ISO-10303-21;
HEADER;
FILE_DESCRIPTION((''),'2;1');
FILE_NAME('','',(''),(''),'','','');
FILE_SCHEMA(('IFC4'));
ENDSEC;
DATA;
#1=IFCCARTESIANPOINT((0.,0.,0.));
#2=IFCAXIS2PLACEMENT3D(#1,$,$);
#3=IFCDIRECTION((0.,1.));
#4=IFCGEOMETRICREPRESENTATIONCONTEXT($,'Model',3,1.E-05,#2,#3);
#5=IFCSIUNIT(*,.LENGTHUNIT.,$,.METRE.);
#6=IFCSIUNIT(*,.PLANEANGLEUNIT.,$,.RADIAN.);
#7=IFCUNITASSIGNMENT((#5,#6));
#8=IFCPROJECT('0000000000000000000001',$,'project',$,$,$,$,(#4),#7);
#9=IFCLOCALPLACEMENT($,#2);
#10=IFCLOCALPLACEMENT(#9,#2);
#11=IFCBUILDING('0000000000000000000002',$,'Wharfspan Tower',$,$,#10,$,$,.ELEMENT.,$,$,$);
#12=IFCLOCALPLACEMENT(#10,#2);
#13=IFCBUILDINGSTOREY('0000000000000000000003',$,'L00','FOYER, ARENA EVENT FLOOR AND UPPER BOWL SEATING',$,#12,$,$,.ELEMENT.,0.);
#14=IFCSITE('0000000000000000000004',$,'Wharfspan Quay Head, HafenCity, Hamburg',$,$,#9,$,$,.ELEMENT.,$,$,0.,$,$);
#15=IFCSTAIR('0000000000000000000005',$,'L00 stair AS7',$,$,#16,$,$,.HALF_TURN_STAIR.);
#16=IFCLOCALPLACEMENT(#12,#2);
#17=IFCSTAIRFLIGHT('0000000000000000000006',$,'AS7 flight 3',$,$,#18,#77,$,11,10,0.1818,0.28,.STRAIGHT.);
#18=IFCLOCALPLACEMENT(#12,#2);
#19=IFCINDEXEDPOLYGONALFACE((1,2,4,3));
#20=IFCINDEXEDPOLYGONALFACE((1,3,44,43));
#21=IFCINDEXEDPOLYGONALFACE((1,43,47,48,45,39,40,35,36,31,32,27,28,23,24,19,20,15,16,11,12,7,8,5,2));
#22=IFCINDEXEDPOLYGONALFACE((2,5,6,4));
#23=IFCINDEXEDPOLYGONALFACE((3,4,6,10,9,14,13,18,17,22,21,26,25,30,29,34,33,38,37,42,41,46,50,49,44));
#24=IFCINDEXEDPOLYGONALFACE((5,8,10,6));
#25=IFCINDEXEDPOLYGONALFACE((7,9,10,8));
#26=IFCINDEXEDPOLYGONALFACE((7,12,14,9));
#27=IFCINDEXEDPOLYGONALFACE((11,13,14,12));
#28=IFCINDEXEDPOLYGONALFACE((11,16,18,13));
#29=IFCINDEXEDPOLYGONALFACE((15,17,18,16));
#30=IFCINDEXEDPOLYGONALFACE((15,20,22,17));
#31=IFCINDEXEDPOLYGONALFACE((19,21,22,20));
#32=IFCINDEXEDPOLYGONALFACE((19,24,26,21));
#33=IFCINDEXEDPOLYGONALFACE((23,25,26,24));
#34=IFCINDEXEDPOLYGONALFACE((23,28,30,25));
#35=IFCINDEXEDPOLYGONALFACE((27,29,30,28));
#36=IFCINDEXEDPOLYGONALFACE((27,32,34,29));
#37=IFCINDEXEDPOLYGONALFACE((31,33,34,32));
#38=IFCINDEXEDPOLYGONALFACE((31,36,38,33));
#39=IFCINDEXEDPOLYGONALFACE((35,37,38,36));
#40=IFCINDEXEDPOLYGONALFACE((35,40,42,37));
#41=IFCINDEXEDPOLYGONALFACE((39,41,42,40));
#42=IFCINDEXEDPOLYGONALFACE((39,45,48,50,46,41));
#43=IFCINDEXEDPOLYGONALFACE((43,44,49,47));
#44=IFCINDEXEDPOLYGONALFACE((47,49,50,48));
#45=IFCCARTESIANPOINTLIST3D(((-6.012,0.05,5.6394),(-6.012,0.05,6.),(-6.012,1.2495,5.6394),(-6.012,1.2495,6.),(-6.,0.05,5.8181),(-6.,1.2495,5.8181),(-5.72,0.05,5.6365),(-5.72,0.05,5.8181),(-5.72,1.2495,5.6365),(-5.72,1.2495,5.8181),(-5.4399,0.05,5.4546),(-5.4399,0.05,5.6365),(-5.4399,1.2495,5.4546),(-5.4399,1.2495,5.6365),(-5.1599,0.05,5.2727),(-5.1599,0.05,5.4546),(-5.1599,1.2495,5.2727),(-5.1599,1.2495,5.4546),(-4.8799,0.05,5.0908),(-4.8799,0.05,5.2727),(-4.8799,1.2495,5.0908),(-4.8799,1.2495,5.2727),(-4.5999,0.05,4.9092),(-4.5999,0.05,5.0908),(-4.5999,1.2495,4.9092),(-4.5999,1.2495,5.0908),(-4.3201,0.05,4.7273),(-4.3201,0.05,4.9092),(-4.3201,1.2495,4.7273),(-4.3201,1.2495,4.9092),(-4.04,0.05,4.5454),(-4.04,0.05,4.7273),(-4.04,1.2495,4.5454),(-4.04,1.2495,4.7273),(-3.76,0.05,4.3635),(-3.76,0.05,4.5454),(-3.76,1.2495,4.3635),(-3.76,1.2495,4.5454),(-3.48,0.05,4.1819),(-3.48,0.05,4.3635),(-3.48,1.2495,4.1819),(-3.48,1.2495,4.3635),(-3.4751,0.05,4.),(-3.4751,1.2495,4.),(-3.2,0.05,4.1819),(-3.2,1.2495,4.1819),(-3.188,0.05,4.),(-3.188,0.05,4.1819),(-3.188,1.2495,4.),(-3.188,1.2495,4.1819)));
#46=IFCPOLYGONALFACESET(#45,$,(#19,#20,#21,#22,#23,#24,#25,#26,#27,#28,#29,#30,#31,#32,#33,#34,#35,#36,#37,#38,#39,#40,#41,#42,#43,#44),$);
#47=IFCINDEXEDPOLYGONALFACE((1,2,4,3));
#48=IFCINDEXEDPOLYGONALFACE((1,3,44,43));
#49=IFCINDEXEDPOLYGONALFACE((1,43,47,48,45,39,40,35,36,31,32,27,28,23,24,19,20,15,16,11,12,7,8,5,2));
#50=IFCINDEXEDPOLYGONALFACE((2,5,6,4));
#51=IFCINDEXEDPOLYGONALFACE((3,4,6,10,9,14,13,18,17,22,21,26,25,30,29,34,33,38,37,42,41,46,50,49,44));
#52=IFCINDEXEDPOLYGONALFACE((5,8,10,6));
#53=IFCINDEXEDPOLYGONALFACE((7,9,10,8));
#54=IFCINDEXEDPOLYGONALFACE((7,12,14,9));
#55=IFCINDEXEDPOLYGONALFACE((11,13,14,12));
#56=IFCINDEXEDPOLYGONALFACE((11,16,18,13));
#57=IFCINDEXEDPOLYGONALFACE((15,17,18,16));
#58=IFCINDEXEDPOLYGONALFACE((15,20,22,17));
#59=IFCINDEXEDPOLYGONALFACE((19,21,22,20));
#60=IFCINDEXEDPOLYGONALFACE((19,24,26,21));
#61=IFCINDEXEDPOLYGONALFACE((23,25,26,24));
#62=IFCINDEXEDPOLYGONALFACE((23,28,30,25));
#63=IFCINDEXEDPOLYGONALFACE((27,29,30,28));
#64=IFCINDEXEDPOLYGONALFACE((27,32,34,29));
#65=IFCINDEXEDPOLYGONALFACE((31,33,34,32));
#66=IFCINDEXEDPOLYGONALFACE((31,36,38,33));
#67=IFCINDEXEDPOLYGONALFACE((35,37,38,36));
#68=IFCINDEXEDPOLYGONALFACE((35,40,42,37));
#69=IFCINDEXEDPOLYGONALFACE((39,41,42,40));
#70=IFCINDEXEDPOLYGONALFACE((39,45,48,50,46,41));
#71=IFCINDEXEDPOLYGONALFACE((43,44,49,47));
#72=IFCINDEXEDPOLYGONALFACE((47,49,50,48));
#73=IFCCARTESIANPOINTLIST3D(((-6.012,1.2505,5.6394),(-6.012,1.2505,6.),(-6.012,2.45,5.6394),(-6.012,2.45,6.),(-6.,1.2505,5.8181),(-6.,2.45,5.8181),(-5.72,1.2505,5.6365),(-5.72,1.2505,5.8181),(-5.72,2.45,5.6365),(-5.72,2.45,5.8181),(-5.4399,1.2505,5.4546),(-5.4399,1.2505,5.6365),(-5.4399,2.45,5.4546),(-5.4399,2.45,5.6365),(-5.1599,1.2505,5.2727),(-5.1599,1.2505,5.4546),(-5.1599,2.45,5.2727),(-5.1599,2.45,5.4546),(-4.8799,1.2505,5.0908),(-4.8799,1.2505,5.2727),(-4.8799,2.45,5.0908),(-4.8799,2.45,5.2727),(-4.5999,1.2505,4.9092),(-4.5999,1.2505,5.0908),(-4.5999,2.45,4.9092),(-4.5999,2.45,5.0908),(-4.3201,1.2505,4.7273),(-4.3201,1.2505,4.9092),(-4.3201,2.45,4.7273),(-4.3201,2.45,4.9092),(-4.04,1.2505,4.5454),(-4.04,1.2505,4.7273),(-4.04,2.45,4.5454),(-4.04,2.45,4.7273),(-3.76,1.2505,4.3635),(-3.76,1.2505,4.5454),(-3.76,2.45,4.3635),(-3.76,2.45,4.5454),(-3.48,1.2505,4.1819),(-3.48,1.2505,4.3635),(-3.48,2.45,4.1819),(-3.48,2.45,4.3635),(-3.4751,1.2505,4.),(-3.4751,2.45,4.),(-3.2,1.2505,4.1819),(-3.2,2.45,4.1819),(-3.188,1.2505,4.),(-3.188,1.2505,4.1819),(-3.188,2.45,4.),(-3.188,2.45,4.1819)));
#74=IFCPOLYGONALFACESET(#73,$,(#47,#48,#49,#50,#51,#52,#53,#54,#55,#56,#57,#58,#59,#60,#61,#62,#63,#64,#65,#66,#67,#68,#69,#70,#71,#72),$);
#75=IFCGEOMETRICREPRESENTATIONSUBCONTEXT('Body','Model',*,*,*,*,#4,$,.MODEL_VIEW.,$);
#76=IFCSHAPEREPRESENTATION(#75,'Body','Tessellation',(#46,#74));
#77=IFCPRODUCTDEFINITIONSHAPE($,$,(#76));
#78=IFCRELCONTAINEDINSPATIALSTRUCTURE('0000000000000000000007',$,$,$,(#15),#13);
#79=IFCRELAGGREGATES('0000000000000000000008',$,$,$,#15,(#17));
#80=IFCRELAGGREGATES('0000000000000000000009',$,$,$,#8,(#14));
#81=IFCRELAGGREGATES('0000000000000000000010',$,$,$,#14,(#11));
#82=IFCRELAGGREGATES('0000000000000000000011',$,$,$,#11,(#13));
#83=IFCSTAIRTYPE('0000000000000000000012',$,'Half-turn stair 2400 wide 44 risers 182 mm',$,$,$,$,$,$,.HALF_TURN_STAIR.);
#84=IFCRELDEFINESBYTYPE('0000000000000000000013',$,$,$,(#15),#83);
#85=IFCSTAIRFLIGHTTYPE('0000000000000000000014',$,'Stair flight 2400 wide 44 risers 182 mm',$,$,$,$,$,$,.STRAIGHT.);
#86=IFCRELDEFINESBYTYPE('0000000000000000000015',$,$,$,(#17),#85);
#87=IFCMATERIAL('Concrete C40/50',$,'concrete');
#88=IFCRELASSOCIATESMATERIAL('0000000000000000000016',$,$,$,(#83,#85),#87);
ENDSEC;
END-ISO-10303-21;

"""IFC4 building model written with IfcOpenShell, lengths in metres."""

from ifc_helpers import new_model, si_unit, direction, frame, origin, place, context, subcontext, project, spatial, polyline, outline, extrude, material, type_object, element, aggregate, save


model = new_model("IFC4")

# Units and contexts
model_context = context("Model", 3, precision=1e-05, world=origin(), true_north=direction((0.0, 1.0)))
body_context = subcontext(model_context, "Body", "Model", "MODEL_VIEW")
ifc_project = project(units=[si_unit("LENGTHUNIT", "METRE"), si_unit("PLANEANGLEUNIT", "RADIAN")], contexts=[model_context])

# Site, building, storey
site_placement = place(None, origin())
site = spatial("IfcSite", under=ifc_project, at=site_placement, Name="Wharfspan Quay Head, HafenCity, Hamburg", CompositionType="ELEMENT", RefElevation=0.0)
building_placement = place(site_placement, origin())
building = spatial("IfcBuilding", under=site, at=building_placement, Name="Wharfspan Tower", CompositionType="ELEMENT")
storey_placement = place(building_placement, origin())
storey = spatial("IfcBuildingStorey", under=building, at=storey_placement, Name="L00", Description="FOYER, ARENA EVENT FLOOR AND UPPER BOWL SEATING", CompositionType="ELEMENT", Elevation=0.0)

# Shared definitions
ifc_material_1 = material(Name="Concrete C40/50", Category="concrete")
stair_type_1 = type_object("IfcStairType", Name="Half-turn stair 2400 wide 44 risers 182 mm", PredefinedType="HALF_TURN_STAIR", material=ifc_material_1)

# Stair, stair flight
stair_1_placement = place(storey_placement, origin())
stair_1 = element("IfcStair", 1, at=stair_1_placement, inside=storey, type_object=stair_type_1, Name="L00 stair AS7", PredefinedType="HALF_TURN_STAIR")
stair_flight_type = type_object("IfcStairFlightType", Name="Stair flight 2400 wide 44 risers 182 mm", PredefinedType="STRAIGHT", material=ifc_material_1)
stair_flight_1_placement = place(storey_placement, frame((-3.2, 1.25, 4.0), z_axis=(0.0, 0.0, 1.0), x_axis=(-1.0, 0.0, 0.0)))
stair_flight_1 = element("IfcStairFlight", 2, at=stair_flight_1_placement, type_object=stair_flight_type, Name="AS7 flight 3", NumberOfRisers=11, NumberOfTreads=10, PredefinedType="STRAIGHT", RiserHeight=0.1818, TreadLength=0.28, context=body_context, shape_type="SweptSolid", body=[
    extrude(outline(polyline([(-0.012, 0.0), (-0.012, 0.1819), (0.0, 0.1819), (0.28, 0.1819), (0.28, 0.3635), (0.5601, 0.3635), (0.5601, 0.5454), (0.8401, 0.5454), (0.8401, 0.7273), (1.1201, 0.7273), (1.1201, 0.9092), (1.3999, 0.9092), (1.3999, 1.0908), (1.6799, 1.0908), (1.6799, 1.2727), (1.96, 1.2727), (1.96, 1.4546), (2.24, 1.4546), (2.24, 1.6365), (2.52, 1.6365), (2.52, 1.8181), (2.8, 1.8181), (2.812, 2.0), (2.812, 1.6394), (0.2751, 0.0), (-0.012, 0.0)])), frame((0.0, 1.2, 0.0), z_axis=(0.0, -1.0, 0.0), x_axis=(1.0, 0.0, 0.0)), (0.0, 0.0, 1.0), 1.1995),
    extrude(outline(polyline([(-0.012, 0.0), (-0.012, 0.1819), (0.0, 0.1819), (0.28, 0.1819), (0.28, 0.3635), (0.5601, 0.3635), (0.5601, 0.5454), (0.8401, 0.5454), (0.8401, 0.7273), (1.1201, 0.7273), (1.1201, 0.9092), (1.3999, 0.9092), (1.3999, 1.0908), (1.6799, 1.0908), (1.6799, 1.2727), (1.96, 1.2727), (1.96, 1.4546), (2.24, 1.4546), (2.24, 1.6365), (2.52, 1.6365), (2.52, 1.8181), (2.8, 1.8181), (2.812, 2.0), (2.812, 1.6394), (0.2751, 0.0), (-0.012, 0.0)])), frame((0.0, -0.0005, 0.0), z_axis=(0.0, -1.0, 0.0), x_axis=(1.0, 0.0, 0.0)), (0.0, 0.0, 1.0), 1.1995),
])
aggregate(stair_1, [stair_flight_1])

save(model, "model.ifc")
